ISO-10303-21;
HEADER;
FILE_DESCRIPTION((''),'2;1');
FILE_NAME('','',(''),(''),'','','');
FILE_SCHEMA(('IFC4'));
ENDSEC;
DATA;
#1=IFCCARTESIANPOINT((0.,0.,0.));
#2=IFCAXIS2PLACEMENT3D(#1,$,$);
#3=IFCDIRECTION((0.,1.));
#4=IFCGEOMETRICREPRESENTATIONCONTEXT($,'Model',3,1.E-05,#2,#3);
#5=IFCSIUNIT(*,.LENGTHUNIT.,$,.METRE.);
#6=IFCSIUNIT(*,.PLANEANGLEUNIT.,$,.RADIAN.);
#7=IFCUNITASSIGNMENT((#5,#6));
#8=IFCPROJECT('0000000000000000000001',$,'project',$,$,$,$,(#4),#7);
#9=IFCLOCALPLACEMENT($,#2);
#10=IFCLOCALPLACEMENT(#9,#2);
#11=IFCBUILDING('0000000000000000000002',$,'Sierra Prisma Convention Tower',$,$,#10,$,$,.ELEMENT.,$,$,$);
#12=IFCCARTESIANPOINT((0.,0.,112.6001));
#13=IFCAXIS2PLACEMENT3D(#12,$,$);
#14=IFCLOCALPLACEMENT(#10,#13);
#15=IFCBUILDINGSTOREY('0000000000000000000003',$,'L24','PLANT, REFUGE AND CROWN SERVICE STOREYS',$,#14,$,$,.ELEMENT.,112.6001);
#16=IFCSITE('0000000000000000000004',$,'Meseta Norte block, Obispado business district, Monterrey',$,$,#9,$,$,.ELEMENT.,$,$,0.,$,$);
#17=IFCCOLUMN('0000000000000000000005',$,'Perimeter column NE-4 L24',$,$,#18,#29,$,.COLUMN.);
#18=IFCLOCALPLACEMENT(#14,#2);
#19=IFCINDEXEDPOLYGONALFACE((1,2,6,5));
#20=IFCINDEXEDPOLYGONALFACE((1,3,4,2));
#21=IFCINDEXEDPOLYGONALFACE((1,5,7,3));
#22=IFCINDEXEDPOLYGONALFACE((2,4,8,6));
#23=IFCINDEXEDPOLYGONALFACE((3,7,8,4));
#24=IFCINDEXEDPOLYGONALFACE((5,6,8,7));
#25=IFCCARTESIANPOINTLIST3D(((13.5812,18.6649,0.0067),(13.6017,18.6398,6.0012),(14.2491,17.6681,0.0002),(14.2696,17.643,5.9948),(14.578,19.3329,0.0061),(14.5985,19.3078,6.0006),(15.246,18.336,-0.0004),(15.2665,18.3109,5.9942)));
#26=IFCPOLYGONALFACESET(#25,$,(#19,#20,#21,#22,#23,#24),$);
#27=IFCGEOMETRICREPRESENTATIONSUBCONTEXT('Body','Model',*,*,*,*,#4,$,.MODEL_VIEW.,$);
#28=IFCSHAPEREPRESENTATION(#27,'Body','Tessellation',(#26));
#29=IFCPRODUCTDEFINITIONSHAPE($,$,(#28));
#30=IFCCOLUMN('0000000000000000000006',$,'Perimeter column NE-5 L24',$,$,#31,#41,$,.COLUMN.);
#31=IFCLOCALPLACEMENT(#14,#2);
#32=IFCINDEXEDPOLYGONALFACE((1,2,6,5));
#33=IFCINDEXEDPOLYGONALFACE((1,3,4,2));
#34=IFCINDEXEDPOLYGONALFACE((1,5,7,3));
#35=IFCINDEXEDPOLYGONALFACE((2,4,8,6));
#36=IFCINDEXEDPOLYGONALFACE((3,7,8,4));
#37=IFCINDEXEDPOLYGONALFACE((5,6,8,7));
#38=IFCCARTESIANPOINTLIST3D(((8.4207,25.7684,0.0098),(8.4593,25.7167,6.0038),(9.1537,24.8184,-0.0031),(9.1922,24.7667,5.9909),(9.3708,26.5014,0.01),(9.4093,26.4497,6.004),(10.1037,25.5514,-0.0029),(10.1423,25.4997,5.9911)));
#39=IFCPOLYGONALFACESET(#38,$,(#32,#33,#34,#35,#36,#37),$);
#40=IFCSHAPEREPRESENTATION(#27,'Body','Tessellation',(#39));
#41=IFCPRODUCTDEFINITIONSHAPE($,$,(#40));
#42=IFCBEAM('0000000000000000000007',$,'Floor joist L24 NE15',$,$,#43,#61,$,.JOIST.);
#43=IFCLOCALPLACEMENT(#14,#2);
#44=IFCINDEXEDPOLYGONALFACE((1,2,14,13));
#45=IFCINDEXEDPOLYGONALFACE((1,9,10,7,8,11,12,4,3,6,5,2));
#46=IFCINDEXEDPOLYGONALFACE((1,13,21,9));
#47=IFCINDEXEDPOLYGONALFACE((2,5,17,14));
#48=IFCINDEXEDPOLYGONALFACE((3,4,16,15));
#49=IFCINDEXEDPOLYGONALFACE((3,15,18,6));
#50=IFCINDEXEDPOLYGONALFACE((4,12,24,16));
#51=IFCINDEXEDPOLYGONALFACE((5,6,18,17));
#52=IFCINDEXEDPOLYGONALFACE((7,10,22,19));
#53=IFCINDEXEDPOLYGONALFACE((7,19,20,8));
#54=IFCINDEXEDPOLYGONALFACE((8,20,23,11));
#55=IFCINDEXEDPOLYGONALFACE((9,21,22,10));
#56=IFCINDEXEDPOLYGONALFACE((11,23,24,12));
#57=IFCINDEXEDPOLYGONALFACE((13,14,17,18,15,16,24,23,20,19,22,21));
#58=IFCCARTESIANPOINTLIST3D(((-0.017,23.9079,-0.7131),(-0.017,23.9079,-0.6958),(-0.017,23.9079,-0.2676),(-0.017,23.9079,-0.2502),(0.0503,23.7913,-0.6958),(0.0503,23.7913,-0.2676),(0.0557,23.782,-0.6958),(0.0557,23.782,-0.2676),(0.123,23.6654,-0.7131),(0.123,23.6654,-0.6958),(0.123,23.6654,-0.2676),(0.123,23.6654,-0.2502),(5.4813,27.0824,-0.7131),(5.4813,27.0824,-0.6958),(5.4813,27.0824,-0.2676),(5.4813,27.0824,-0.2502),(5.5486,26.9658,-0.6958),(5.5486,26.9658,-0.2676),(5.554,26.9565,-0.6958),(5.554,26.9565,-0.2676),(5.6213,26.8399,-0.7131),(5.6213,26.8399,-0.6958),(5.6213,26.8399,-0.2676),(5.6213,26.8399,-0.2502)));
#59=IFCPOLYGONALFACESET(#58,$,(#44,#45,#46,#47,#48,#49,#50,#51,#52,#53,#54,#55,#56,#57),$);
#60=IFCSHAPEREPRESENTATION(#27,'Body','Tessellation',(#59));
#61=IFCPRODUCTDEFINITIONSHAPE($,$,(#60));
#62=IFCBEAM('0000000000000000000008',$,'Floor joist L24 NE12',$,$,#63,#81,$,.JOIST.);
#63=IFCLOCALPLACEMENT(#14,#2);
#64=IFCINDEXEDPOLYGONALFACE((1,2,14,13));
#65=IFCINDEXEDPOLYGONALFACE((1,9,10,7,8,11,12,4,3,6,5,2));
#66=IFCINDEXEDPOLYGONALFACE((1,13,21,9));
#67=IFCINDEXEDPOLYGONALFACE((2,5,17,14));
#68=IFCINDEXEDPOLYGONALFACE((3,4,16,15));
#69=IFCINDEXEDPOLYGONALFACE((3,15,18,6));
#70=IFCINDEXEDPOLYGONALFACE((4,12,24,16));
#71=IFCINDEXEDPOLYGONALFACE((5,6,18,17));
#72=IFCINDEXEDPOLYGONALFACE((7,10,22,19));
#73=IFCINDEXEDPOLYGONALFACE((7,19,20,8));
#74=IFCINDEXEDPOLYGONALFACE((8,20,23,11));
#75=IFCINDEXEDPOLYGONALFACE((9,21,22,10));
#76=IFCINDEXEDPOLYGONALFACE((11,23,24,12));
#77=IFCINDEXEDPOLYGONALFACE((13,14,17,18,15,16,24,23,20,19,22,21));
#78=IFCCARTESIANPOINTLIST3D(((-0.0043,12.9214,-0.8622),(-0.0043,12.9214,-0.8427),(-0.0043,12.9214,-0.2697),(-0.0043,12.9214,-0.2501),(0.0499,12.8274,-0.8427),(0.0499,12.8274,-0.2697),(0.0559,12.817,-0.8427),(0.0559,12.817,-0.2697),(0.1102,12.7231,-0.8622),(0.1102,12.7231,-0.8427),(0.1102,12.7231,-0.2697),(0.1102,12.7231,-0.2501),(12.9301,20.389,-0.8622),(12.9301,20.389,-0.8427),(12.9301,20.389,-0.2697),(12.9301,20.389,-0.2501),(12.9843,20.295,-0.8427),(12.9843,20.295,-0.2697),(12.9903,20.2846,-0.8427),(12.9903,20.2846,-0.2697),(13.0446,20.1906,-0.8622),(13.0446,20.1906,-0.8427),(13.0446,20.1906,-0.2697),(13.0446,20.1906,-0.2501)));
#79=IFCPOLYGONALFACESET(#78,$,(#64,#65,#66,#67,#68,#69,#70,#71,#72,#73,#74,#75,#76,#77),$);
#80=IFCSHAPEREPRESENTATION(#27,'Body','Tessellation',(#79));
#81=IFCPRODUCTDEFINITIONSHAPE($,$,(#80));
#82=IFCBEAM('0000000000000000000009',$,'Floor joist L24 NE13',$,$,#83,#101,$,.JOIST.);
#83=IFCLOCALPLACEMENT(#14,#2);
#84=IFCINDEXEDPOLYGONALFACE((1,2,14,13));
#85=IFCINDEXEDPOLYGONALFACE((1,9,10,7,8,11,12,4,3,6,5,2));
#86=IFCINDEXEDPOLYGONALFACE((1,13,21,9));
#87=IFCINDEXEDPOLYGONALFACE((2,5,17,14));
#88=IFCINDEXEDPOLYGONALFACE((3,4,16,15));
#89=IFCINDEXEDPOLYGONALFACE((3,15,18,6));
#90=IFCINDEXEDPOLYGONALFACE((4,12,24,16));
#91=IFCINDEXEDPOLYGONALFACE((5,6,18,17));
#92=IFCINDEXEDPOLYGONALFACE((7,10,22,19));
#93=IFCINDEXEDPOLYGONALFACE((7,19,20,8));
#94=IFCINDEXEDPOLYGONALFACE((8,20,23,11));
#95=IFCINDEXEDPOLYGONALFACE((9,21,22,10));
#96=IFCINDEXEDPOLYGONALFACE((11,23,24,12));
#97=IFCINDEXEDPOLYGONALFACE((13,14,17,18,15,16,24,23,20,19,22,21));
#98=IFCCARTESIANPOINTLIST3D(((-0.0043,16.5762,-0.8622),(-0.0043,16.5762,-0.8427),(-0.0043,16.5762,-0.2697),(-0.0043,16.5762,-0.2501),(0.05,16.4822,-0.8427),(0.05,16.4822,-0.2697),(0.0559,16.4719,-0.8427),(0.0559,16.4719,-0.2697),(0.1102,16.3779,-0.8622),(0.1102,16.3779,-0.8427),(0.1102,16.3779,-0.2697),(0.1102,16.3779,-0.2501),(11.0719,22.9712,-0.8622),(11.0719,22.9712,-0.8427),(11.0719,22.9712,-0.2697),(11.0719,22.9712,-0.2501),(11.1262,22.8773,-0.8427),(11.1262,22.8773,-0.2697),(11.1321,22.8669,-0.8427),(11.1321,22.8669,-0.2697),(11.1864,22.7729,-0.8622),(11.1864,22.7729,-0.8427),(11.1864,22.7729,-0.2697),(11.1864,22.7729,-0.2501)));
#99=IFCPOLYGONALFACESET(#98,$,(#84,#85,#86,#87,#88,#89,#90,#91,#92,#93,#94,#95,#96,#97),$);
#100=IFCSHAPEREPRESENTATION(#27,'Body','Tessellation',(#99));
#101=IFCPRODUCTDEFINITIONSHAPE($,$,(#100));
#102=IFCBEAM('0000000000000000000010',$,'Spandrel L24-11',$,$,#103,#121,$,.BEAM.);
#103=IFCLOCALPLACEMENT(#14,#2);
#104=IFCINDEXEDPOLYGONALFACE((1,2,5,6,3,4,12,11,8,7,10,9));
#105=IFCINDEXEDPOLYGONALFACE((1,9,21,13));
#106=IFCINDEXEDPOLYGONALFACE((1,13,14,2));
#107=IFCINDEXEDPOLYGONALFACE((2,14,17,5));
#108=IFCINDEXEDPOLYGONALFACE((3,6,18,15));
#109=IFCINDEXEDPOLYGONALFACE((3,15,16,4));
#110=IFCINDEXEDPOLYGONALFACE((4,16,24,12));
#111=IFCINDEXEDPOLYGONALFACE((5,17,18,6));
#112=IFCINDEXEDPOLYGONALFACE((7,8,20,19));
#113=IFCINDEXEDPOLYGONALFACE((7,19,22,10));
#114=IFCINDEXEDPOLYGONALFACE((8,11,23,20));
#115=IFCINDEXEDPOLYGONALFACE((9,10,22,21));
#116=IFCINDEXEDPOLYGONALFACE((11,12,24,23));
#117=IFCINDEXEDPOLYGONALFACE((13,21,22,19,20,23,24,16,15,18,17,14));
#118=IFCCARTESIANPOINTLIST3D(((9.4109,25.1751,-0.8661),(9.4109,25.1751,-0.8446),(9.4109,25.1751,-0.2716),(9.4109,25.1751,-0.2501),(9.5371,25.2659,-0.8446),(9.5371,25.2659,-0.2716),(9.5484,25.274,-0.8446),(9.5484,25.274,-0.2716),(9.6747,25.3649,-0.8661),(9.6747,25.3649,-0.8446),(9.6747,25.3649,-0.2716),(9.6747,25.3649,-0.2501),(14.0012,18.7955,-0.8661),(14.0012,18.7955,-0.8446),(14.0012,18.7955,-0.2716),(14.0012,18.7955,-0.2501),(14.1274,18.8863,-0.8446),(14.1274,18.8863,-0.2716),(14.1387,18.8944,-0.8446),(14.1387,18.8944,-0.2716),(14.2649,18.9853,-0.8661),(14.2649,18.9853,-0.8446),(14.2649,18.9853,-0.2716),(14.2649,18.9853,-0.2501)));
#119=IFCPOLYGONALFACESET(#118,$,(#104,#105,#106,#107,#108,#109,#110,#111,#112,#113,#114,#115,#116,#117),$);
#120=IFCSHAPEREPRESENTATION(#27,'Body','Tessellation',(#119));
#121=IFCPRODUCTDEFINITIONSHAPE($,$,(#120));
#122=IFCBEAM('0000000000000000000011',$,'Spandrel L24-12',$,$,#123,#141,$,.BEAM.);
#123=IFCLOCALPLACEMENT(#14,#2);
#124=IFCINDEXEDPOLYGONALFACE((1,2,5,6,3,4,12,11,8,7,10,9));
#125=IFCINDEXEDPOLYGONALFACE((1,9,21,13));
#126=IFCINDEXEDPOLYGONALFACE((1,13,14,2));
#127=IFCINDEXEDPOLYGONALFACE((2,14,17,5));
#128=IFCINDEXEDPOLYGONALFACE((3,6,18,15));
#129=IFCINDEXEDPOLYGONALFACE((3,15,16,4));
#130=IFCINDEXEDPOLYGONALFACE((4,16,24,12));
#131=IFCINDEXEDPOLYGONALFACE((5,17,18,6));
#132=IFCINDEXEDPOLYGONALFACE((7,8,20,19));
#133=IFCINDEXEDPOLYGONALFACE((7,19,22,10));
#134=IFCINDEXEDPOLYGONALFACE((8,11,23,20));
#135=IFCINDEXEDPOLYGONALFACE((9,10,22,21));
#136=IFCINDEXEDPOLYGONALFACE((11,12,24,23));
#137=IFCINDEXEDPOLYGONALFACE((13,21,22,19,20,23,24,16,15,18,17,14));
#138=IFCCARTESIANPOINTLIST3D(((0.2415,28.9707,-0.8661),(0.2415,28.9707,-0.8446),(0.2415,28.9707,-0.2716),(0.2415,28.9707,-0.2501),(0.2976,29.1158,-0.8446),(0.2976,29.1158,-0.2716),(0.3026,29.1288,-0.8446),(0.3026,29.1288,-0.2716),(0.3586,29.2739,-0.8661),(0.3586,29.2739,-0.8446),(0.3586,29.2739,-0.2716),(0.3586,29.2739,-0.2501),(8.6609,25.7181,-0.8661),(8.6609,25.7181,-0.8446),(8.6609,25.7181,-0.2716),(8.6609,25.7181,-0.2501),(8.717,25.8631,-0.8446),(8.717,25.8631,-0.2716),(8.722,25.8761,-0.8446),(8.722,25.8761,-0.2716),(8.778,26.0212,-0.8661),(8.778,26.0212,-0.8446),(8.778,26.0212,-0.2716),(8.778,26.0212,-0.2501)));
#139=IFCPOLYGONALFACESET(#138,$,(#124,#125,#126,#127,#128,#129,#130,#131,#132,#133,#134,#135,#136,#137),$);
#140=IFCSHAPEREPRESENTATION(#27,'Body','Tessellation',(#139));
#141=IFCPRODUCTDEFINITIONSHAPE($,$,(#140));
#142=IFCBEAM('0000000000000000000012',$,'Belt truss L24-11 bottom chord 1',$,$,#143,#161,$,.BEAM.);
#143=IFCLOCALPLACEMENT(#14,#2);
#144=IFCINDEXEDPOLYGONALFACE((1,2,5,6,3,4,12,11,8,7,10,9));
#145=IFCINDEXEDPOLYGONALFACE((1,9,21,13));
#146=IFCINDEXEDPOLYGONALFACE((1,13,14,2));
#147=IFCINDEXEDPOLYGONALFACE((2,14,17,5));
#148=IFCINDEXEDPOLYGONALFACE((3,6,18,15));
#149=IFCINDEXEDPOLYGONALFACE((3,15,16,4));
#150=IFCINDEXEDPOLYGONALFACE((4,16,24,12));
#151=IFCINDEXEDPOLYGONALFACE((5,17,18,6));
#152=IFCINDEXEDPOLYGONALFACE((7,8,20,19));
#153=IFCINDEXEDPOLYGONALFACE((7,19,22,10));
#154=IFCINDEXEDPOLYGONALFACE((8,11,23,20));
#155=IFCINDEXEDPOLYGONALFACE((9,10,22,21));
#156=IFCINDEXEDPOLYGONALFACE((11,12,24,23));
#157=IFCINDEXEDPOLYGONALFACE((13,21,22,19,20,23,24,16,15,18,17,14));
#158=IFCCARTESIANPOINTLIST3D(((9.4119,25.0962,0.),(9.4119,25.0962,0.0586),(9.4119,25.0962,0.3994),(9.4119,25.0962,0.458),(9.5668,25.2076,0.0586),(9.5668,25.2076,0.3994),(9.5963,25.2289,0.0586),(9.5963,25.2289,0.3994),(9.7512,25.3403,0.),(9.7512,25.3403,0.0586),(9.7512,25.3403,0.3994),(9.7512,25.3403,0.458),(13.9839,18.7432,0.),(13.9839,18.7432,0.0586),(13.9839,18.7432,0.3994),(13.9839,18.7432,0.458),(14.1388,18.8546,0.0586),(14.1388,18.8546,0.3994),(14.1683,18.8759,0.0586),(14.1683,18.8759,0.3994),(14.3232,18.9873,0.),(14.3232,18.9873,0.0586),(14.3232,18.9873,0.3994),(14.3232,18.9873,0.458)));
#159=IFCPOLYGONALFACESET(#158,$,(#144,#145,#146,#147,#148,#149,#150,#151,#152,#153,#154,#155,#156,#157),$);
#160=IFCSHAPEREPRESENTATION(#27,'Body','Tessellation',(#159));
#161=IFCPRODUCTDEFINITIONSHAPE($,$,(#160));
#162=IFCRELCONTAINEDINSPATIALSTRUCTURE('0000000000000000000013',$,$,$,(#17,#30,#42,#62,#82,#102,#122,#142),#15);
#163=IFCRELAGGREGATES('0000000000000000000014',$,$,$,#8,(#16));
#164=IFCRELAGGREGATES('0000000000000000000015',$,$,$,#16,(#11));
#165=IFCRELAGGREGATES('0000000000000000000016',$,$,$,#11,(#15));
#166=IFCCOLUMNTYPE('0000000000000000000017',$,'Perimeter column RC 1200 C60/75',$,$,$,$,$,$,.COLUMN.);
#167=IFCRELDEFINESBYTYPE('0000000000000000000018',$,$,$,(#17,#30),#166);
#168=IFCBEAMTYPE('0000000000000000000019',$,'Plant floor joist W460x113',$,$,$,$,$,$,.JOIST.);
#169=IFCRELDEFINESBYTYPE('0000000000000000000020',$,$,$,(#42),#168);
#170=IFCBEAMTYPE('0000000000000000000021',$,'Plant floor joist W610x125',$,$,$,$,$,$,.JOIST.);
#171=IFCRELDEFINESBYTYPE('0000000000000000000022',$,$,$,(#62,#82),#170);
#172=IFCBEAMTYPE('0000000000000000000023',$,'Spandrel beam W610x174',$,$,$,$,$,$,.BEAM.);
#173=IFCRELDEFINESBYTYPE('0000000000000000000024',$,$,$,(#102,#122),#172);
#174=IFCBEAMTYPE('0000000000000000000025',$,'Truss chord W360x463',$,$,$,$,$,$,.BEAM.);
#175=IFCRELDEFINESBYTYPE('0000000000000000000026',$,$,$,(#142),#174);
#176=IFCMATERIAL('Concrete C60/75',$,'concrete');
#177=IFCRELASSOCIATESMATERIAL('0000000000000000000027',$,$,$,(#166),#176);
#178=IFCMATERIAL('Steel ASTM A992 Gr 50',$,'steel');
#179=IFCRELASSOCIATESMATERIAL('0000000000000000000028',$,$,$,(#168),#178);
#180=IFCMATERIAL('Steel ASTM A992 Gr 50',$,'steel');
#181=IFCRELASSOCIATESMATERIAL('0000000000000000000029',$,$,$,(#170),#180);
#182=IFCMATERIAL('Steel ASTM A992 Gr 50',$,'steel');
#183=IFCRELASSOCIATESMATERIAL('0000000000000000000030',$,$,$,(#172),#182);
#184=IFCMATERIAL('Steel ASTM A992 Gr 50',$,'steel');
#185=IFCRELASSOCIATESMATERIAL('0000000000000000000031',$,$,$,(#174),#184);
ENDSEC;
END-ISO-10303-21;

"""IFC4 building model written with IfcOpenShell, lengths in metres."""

from ifc_helpers import new_model, si_unit, direction, frame, origin, origin_2d, place, context, subcontext, project, spatial, rectangle, i_section, extrude, clip, halfspace, material, material_profile, profile_set, type_object, element, save


model = new_model("IFC4")

# Units and contexts
model_context = context("Model", 3, precision=1e-05, world=origin(), true_north=direction((0.0, 1.0)))
body_context = subcontext(model_context, "Body", "Model", "MODEL_VIEW")
ifc_project = project(units=[si_unit("LENGTHUNIT", "METRE"), si_unit("PLANEANGLEUNIT", "RADIAN")], contexts=[model_context])

# Site, building, storey
site_placement = place(None, origin())
site = spatial("IfcSite", under=ifc_project, at=site_placement, Name="Meseta Norte block, Obispado business district, Monterrey", CompositionType="ELEMENT", RefElevation=0.0)
building_placement = place(site_placement, origin())
building = spatial("IfcBuilding", under=site, at=building_placement, Name="Sierra Prisma Convention Tower", CompositionType="ELEMENT")
storey_placement = place(building_placement, frame((0.0, 0.0, 112.6001)))
storey = spatial("IfcBuildingStorey", under=building, at=storey_placement, Name="L24", Description="PLANT, REFUGE AND CROWN SERVICE STOREYS", CompositionType="ELEMENT", Elevation=112.6001)

# Columns
ifc_material_1 = material(Name="Concrete C60/75", Category="concrete")
ifc_material_profile_1 = material_profile(ifc_material_1, rectangle(XDim=1.2, YDim=1.2, at=origin_2d()), Name="Perimeter column RC 1200 C60/75")
ifc_profile_set_1 = profile_set([ifc_material_profile_1], Name="Concrete C60/75")
column_type = type_object("IfcColumnType", Name="Perimeter column RC 1200 C60/75", PredefinedType="COLUMN", material=ifc_profile_set_1)
column_1_placement = place(storey_placement, frame((14.4136, 18.5005, 0.0), z_axis=(0.003418, -0.004191, 0.999985), x_axis=(-0.556646, 0.830732, 0.005384)))
element("IfcColumn", 1, at=column_1_placement, inside=storey, type_object=column_type, Name="Perimeter column NE-4 L24", PredefinedType="COLUMN", context=body_context, shape_type="SweptSolid", body=[
    clip(clip(extrude(rectangle(XDim=1.2, YDim=1.2, at=origin_2d()), origin(), (0.0, 0.0, 1.0), 6.0), halfspace(frame((0.0, 0.0, 0.0032)), True)), halfspace(frame((0.0, 0.0, 5.9978)), False)),
])
column_2_placement = place(storey_placement, frame((9.2622, 25.6599, 0.0), z_axis=(0.006429, -0.008626, 0.999942), x_axis=(-0.610807, 0.791706, 0.010756)))
element("IfcColumn", 2, at=column_2_placement, inside=storey, type_object=column_type, Name="Perimeter column NE-5 L24", PredefinedType="COLUMN", context=body_context, shape_type="SweptSolid", body=[
    clip(clip(extrude(rectangle(XDim=1.2, YDim=1.2, at=origin_2d()), origin(), (0.0, 0.0, 1.0), 6.0002), halfspace(frame((0.0, 0.0, 0.0034)), True)), halfspace(frame((0.0, 0.0, 5.9978)), False)),
])

# Beams
ifc_material_2 = material(Name="Steel ASTM A992 Gr 50", Category="steel")
ifc_material_profile_2 = material_profile(ifc_material_2, i_section(OverallWidth=0.28, OverallDepth=0.4629, WebThickness=0.0107, FlangeThickness=0.0173, at=origin_2d()), Name="W460x113")
ifc_profile_set_2 = profile_set([ifc_material_profile_2], Name="Steel ASTM A992 Gr 50")
beam_type_1 = type_object("IfcBeamType", Name="Plant floor joist W460x113", PredefinedType="JOIST", material=ifc_profile_set_2)
beam_1_placement = place(storey_placement, frame((5.5513, 26.9612, -0.4817), z_axis=(-0.866017, -0.500014, 0.0), x_axis=(0.500014, -0.866017, 0.0)))
element("IfcBeam", 3, at=beam_1_placement, inside=storey, type_object=beam_type_1, Name="Floor joist L24 NE15", PredefinedType="JOIST", context=body_context, shape_type="SweptSolid", body=[
    extrude(i_section(OverallWidth=0.28, OverallDepth=0.4629, WebThickness=0.0107, FlangeThickness=0.0173, at=origin_2d()), origin(), (0.0, 0.0, 1.0), 6.3489),
])
ifc_material_3 = material(Name="Steel ASTM A992 Gr 50", Category="steel")
ifc_material_profile_3 = material_profile(ifc_material_3, i_section(OverallWidth=0.229, OverallDepth=0.6121, WebThickness=0.012, FlangeThickness=0.0195, at=origin_2d()), Name="W610x125")
ifc_profile_set_3 = profile_set([ifc_material_profile_3], Name="Steel ASTM A992 Gr 50")
beam_type_2 = type_object("IfcBeamType", Name="Plant floor joist W610x125", PredefinedType="JOIST", material=ifc_profile_set_3)
beam_2_placement = place(storey_placement, frame((12.9873, 20.2898, -0.5562), z_axis=(-0.866029, -0.499995, 0.0), x_axis=(0.499995, -0.866029, 0.0)))
element("IfcBeam", 4, at=beam_2_placement, inside=storey, type_object=beam_type_2, Name="Floor joist L24 NE12", PredefinedType="JOIST", context=body_context, shape_type="SweptSolid", body=[
    extrude(i_section(OverallWidth=0.229, OverallDepth=0.6121, WebThickness=0.012, FlangeThickness=0.0195, at=origin_2d()), origin(), (0.0, 0.0, 1.0), 14.9353),
])
beam_3_placement = place(storey_placement, frame((11.1292, 22.8721, -0.5562), z_axis=(-0.866019, -0.500011, 0.0), x_axis=(0.500011, -0.866019, 0.0)))
element("IfcBeam", 5, at=beam_3_placement, inside=storey, type_object=beam_type_2, Name="Floor joist L24 NE13", PredefinedType="JOIST", context=body_context, shape_type="SweptSolid", body=[
    extrude(i_section(OverallWidth=0.229, OverallDepth=0.6121, WebThickness=0.012, FlangeThickness=0.0195, at=origin_2d()), origin(), (0.0, 0.0, 1.0), 12.7898),
])
ifc_material_4 = material(Name="Steel ASTM A992 Gr 50", Category="steel")
ifc_material_profile_4 = material_profile(ifc_material_4, i_section(OverallWidth=0.325, OverallDepth=0.616, WebThickness=0.0139, FlangeThickness=0.0215, at=origin_2d()), Name="W610x174")
ifc_profile_set_4 = profile_set([ifc_material_profile_4], Name="Steel ASTM A992 Gr 50")
beam_type_3 = type_object("IfcBeamType", Name="Spandrel beam W610x174", PredefinedType="BEAM", material=ifc_profile_set_4)
beam_4_placement = place(storey_placement, frame((14.1331, 18.8904, -0.5581), z_axis=(-0.584053, 0.811716, 0.0), x_axis=(-0.811716, -0.584053, 0.0)))
element("IfcBeam", 6, at=beam_4_placement, inside=storey, type_object=beam_type_3, Name="Spandrel L24-11", PredefinedType="BEAM", context=body_context, shape_type="SweptSolid", body=[
    extrude(i_section(OverallWidth=0.325, OverallDepth=0.616, WebThickness=0.0139, FlangeThickness=0.0215, at=origin_2d()), origin(), (0.0, 0.0, 1.0), 7.8594),
])
beam_5_placement = place(storey_placement, frame((8.7195, 25.8696, -0.5581), z_axis=(-0.932808, 0.360373, 0.0), x_axis=(-0.360373, -0.932808, 0.0)))
element("IfcBeam", 7, at=beam_5_placement, inside=storey, type_object=beam_type_3, Name="Spandrel L24-12", PredefinedType="BEAM", context=body_context, shape_type="SweptSolid", body=[
    extrude(i_section(OverallWidth=0.325, OverallDepth=0.616, WebThickness=0.0139, FlangeThickness=0.0215, at=origin_2d()), origin(), (0.0, 0.0, 1.0), 9.0259),
])
ifc_material_5 = material(Name="Steel ASTM A992 Gr 50", Category="steel")
ifc_material_profile_5 = material_profile(ifc_material_5, i_section(OverallWidth=0.418, OverallDepth=0.458, WebThickness=0.0364, FlangeThickness=0.0586, at=origin_2d()), Name="W360x463")
ifc_profile_set_5 = profile_set([ifc_material_profile_5], Name="Steel ASTM A992 Gr 50")
beam_type_4 = type_object("IfcBeamType", Name="Truss chord W360x463", PredefinedType="BEAM", material=ifc_profile_set_5)
beam_6_placement = place(storey_placement, frame((14.1536, 18.8652, 0.229), z_axis=(-0.584123, 0.811665, 0.0), x_axis=(-0.811665, -0.584123, 0.0)))
element("IfcBeam", 8, at=beam_6_placement, inside=storey, type_object=beam_type_4, Name="Belt truss L24-11 bottom chord 1", PredefinedType="BEAM", context=body_context, shape_type="SweptSolid", body=[
    extrude(i_section(OverallWidth=0.418, OverallDepth=0.458, WebThickness=0.0364, FlangeThickness=0.0586, at=origin_2d()), origin(), (0.0, 0.0, 1.0), 7.8271),
])

save(model, "model.ifc")
